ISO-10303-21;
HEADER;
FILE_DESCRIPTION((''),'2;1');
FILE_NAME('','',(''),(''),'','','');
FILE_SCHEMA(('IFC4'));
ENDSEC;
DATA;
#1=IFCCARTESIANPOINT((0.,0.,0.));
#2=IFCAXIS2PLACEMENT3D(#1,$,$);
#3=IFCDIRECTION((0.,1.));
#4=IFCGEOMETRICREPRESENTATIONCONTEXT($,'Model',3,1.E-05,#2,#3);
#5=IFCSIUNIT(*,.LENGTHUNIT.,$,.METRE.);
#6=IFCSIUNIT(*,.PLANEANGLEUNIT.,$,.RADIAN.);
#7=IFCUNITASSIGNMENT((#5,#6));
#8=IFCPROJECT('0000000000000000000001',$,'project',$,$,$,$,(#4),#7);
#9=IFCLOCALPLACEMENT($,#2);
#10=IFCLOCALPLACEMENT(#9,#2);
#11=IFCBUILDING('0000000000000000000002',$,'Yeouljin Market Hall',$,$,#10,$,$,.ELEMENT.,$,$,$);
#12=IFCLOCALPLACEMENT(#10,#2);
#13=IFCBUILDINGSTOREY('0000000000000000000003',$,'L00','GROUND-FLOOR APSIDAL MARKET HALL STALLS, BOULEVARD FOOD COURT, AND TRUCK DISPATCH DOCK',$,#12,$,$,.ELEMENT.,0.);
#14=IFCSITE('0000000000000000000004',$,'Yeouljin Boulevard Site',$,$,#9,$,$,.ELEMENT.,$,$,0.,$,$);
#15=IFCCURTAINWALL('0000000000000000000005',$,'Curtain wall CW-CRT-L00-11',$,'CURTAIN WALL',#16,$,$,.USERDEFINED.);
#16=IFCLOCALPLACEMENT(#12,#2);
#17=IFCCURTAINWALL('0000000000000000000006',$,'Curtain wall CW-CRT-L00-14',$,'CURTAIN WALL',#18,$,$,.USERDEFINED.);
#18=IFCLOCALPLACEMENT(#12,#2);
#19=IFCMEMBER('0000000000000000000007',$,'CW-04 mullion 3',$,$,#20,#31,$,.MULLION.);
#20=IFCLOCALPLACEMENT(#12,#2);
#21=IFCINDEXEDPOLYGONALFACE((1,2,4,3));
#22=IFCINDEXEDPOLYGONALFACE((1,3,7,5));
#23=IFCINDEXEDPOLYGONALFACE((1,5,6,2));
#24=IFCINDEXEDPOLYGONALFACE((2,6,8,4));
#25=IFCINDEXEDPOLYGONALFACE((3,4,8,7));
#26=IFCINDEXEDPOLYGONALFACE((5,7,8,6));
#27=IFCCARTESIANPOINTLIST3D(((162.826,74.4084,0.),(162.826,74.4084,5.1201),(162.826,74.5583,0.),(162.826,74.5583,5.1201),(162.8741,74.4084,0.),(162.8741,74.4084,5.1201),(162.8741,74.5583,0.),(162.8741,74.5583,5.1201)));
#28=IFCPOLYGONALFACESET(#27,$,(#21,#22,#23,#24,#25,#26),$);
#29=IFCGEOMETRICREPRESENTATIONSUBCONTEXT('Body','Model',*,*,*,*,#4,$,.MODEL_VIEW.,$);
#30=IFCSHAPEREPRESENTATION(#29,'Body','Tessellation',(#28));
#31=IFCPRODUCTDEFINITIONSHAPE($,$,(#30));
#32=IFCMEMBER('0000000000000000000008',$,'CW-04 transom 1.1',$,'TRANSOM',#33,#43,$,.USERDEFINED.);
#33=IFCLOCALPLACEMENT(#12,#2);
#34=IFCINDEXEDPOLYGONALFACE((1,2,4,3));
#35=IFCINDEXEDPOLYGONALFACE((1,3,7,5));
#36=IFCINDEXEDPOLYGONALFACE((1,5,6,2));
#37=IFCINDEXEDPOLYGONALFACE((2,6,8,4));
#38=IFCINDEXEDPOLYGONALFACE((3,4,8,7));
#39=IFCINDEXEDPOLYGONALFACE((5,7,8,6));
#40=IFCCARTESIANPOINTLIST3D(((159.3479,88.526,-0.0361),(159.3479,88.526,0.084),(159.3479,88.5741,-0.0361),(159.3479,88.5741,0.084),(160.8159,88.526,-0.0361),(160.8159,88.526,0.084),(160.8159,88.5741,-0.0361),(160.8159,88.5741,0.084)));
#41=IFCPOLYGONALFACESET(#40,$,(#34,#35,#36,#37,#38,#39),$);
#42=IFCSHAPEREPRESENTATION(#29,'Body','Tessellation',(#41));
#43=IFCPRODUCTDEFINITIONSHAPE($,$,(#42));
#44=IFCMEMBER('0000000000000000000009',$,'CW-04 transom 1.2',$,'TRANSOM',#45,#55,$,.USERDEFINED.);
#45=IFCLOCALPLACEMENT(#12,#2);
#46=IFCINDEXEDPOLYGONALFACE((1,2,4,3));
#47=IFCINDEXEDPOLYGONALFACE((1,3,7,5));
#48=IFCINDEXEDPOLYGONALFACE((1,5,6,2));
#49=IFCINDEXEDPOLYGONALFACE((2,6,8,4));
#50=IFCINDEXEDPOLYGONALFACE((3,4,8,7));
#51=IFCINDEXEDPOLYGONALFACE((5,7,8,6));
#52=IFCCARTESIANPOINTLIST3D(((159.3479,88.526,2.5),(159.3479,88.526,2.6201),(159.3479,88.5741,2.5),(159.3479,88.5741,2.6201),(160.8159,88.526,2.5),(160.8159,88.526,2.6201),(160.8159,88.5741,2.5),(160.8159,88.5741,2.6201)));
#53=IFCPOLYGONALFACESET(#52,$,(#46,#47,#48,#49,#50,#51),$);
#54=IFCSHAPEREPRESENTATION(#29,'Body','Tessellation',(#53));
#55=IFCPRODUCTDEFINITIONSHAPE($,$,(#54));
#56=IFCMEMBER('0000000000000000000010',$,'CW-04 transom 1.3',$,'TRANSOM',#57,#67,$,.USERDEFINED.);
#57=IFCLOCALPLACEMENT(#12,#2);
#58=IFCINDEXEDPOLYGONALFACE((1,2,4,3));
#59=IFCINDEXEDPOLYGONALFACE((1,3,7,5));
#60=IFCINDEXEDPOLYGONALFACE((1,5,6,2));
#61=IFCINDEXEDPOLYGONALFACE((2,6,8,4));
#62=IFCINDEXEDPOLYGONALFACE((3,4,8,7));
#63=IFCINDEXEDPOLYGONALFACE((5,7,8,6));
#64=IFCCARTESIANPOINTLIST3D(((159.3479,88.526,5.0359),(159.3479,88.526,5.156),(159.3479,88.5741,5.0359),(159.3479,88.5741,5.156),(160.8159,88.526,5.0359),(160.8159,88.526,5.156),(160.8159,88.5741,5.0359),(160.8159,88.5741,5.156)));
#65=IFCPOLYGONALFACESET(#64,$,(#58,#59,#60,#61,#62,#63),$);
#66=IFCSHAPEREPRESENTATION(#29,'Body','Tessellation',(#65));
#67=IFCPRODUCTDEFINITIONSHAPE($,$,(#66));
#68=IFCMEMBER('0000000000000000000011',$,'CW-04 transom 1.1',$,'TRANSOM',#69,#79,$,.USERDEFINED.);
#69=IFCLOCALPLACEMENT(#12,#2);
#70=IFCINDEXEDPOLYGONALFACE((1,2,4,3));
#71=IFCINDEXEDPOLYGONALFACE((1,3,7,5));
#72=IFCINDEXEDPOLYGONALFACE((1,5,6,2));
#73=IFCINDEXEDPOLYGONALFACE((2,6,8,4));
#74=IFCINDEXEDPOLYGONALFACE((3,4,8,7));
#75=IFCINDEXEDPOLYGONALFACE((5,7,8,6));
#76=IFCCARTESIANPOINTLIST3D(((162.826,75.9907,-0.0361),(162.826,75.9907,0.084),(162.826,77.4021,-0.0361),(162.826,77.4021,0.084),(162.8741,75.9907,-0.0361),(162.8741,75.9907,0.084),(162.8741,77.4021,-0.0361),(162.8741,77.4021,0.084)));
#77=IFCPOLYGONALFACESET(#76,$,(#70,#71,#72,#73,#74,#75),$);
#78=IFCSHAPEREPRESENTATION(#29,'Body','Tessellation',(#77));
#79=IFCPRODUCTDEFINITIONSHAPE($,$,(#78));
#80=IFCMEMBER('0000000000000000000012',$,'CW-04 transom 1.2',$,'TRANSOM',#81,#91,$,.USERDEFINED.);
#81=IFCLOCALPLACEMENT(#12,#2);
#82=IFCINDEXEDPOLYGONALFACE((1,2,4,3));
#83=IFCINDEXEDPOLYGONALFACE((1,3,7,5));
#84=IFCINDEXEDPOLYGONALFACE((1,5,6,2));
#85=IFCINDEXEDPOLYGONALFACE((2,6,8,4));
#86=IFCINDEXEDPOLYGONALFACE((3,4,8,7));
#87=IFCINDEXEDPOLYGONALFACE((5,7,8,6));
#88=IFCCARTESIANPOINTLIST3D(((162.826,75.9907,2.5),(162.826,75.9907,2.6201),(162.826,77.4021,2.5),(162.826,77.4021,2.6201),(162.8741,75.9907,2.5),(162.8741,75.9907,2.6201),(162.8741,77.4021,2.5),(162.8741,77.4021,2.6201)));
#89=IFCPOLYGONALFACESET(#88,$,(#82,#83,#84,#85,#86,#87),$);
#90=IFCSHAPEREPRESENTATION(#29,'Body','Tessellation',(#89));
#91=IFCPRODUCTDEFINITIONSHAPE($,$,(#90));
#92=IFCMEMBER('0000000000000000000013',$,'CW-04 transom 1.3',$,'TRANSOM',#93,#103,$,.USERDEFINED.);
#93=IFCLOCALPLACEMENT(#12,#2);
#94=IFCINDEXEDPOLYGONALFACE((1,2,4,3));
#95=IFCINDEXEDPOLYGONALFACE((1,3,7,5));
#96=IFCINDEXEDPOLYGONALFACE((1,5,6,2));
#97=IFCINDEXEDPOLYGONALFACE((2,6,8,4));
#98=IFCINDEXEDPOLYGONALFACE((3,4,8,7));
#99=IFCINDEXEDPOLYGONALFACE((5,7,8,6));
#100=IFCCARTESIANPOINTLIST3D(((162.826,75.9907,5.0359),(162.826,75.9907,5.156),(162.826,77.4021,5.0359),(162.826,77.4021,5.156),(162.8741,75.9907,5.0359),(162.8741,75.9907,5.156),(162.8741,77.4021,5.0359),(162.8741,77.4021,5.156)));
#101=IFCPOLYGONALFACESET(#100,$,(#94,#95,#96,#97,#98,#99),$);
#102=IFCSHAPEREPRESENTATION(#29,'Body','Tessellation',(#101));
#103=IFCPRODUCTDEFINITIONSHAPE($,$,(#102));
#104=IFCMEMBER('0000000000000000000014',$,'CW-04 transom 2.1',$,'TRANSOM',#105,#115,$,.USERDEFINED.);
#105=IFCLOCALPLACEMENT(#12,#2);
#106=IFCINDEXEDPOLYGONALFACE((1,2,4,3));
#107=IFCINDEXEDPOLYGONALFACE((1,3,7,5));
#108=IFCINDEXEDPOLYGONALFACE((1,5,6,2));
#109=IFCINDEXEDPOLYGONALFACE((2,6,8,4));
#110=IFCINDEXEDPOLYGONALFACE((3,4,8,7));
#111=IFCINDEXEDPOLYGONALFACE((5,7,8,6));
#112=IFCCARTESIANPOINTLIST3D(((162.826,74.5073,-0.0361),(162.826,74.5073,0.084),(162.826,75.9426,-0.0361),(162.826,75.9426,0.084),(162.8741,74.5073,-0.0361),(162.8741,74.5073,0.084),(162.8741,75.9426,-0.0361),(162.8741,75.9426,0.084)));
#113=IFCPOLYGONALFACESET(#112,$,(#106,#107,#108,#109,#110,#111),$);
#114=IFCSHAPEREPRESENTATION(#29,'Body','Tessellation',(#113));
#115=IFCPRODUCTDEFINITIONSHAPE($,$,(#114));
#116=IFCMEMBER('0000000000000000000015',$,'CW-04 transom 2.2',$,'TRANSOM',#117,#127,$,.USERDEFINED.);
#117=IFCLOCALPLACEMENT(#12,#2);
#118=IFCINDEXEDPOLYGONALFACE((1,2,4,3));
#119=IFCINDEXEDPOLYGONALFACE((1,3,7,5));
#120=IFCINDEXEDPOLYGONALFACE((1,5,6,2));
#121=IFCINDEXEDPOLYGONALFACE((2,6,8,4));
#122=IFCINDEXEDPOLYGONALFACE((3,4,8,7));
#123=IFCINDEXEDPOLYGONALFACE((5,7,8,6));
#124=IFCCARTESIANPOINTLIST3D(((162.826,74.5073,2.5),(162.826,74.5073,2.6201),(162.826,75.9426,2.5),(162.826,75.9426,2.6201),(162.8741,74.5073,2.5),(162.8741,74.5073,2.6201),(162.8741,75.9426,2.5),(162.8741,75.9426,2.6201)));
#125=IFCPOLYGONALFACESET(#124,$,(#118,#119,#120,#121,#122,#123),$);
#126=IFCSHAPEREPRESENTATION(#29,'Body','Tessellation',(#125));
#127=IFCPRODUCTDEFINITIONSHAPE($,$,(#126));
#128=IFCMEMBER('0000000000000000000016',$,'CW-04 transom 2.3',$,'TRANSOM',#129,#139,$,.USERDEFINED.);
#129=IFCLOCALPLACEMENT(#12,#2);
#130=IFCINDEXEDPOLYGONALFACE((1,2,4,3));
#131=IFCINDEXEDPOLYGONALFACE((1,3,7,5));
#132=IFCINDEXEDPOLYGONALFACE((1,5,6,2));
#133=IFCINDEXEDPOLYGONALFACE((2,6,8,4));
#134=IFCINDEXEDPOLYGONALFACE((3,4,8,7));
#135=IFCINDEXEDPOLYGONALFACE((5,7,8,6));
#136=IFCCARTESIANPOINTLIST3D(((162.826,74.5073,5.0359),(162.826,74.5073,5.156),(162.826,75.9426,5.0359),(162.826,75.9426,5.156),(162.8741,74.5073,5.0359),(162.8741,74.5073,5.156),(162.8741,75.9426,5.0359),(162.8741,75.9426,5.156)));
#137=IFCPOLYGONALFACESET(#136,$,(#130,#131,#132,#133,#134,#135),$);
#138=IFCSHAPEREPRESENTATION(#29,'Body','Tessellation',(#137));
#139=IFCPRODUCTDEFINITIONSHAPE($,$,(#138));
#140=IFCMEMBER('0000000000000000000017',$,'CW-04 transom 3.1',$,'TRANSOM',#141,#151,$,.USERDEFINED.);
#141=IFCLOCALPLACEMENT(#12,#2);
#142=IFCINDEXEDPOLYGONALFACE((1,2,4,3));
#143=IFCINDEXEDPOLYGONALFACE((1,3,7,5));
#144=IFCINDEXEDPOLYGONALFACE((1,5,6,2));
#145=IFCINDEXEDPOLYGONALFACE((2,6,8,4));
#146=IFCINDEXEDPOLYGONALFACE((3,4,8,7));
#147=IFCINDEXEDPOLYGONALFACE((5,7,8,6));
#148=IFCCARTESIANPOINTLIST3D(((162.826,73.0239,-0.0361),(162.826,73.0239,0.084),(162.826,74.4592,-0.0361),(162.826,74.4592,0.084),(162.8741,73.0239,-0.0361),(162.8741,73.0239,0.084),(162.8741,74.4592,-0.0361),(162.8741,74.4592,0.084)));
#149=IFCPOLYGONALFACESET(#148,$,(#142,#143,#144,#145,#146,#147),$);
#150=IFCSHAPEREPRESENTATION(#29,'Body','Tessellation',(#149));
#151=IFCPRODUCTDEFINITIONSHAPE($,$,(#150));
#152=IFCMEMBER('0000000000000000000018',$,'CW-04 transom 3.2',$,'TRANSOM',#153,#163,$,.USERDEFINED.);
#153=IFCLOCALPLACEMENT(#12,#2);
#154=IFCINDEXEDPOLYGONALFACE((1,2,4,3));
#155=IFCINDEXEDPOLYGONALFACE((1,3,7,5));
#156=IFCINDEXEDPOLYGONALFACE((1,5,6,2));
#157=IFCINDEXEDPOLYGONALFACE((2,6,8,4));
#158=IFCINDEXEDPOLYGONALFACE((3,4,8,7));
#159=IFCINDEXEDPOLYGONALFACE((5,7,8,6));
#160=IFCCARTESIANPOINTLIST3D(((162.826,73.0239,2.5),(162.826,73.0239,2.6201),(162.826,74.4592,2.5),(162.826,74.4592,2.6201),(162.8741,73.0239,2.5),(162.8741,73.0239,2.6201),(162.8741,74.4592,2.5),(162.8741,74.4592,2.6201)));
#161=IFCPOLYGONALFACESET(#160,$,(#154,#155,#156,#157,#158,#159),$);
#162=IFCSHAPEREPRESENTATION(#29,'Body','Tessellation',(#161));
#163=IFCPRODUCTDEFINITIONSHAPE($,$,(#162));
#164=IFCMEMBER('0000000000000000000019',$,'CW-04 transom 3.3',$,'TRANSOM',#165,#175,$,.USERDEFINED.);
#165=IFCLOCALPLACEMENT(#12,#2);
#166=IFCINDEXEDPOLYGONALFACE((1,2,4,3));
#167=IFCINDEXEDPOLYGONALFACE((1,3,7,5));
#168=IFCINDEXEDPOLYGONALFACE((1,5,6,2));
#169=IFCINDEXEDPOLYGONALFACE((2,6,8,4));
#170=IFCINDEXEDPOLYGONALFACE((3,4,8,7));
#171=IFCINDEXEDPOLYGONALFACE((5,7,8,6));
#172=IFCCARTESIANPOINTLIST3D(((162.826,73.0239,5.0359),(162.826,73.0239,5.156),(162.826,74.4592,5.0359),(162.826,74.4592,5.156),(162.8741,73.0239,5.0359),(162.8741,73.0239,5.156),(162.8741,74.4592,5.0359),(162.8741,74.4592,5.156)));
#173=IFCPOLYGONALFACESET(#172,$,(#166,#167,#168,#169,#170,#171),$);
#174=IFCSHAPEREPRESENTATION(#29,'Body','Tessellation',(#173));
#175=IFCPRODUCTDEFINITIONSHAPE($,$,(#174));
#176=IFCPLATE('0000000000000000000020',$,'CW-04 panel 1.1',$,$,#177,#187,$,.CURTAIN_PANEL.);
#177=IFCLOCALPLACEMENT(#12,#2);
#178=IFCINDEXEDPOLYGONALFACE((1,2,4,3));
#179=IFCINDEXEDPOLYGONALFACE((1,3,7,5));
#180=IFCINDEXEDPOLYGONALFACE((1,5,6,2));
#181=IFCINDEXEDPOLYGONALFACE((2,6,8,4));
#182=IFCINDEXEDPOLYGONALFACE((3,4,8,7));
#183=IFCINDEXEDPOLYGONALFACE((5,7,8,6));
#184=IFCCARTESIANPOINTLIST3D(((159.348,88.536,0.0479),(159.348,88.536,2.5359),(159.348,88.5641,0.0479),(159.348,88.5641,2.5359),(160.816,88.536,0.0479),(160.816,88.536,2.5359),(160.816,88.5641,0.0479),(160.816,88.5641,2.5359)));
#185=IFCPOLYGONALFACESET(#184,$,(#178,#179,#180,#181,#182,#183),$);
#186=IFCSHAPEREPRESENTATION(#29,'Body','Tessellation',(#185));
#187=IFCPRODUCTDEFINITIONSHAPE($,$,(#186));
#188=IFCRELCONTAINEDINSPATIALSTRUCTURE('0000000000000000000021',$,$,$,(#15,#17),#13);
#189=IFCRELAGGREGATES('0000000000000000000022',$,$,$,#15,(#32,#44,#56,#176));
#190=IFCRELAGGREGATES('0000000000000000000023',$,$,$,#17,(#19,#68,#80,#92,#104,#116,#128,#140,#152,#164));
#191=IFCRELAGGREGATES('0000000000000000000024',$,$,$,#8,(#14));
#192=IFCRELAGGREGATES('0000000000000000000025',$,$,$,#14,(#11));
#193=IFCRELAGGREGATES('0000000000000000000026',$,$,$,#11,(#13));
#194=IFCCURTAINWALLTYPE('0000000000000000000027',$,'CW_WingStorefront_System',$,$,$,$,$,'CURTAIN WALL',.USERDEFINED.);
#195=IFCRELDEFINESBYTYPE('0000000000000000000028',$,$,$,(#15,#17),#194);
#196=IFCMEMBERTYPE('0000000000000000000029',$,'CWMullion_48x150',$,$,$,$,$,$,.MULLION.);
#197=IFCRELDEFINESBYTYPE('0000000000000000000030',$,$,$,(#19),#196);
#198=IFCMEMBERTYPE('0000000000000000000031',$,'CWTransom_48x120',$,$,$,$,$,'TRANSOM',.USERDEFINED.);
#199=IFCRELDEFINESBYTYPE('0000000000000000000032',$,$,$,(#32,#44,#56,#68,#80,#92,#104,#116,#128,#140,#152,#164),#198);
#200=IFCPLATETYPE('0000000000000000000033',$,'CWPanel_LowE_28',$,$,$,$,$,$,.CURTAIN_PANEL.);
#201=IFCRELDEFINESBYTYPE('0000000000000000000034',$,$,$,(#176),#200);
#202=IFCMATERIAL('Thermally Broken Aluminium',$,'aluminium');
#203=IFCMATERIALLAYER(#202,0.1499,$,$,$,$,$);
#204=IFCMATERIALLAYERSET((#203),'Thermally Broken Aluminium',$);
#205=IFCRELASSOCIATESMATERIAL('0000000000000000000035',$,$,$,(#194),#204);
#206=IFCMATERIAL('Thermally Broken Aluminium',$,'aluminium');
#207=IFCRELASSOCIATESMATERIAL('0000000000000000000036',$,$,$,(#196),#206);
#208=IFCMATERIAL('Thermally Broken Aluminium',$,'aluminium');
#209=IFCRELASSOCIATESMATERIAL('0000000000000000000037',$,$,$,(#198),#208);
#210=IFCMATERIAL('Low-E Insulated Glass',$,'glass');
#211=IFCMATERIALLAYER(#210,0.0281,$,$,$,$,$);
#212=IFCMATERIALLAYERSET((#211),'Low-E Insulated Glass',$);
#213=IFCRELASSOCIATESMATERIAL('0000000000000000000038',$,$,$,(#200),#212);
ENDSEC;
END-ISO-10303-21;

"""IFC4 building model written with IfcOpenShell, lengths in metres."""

from ifc_helpers import new_model, si_unit, direction, frame, origin, origin_2d, place, context, subcontext, project, spatial, rectangle, extrude, material, layer, layer_set, material_profile, profile_set, type_object, element, aggregate, save


model = new_model("IFC4")

# Units and contexts
model_context = context("Model", 3, precision=1e-05, world=origin(), true_north=direction((0.0, 1.0)))
body_context = subcontext(model_context, "Body", "Model", "MODEL_VIEW")
ifc_project = project(units=[si_unit("LENGTHUNIT", "METRE"), si_unit("PLANEANGLEUNIT", "RADIAN")], contexts=[model_context])

# Site, building, storey
site_placement = place(None, origin())
site = spatial("IfcSite", under=ifc_project, at=site_placement, Name="Yeouljin Boulevard Site", CompositionType="ELEMENT", RefElevation=0.0)
building_placement = place(site_placement, origin())
building = spatial("IfcBuilding", under=site, at=building_placement, Name="Yeouljin Market Hall", CompositionType="ELEMENT")
storey_placement = place(building_placement, origin())
storey = spatial("IfcBuildingStorey", under=building, at=storey_placement, Name="L00", Description="GROUND-FLOOR APSIDAL MARKET HALL STALLS, BOULEVARD FOOD COURT, AND TRUCK DISPATCH DOCK", CompositionType="ELEMENT", Elevation=0.0)

# Shared definitions
ifc_material_1 = material(Name="Thermally Broken Aluminium", Category="aluminium")
ifc_layer_1 = layer(ifc_material_1, 0.1499)
ifc_layer_set_1 = layer_set([ifc_layer_1], Name="Thermally Broken Aluminium")
curtain_wall_type = type_object("IfcCurtainWallType", Name="CW_WingStorefront_System", ElementType="CURTAIN WALL", PredefinedType="USERDEFINED", material=ifc_layer_set_1)
ifc_material_2 = material(Name="Thermally Broken Aluminium", Category="aluminium")
ifc_material_profile_1 = material_profile(ifc_material_2, rectangle(XDim=0.0481, YDim=0.1499, at=origin_2d()), Name="CW-MULL-48x150")
ifc_profile_set_1 = profile_set([ifc_material_profile_1], Name="Thermally Broken Aluminium")
member_type_1 = type_object("IfcMemberType", Name="CWMullion_48x150", PredefinedType="MULLION", material=ifc_profile_set_1)

# Curtain walls, member
curtain_wall_1_placement = place(storey_placement, origin())
curtain_wall_1 = element("IfcCurtainWall", 1, at=curtain_wall_1_placement, inside=storey, type_object=curtain_wall_type, Name="Curtain wall CW-CRT-L00-11", ObjectType="CURTAIN WALL", PredefinedType="USERDEFINED")
curtain_wall_2_placement = place(storey_placement, origin())
curtain_wall_2 = element("IfcCurtainWall", 2, at=curtain_wall_2_placement, inside=storey, type_object=curtain_wall_type, Name="Curtain wall CW-CRT-L00-14", ObjectType="CURTAIN WALL", PredefinedType="USERDEFINED")
member_1_placement = place(storey_placement, frame((162.8501, 74.4834, 0.0), z_axis=(0.0, 0.0, 1.0), x_axis=(1.0, 0.0, 0.0)))
member_1 = element("IfcMember", 3, at=member_1_placement, type_object=member_type_1, Name="CW-04 mullion 3", PredefinedType="MULLION", context=body_context, shape_type="SweptSolid", body=[
    extrude(rectangle(XDim=0.0481, YDim=0.1499, at=origin_2d()), origin(), (0.0, 0.0, 1.0), 5.1201),
])

# Members
ifc_material_3 = material(Name="Thermally Broken Aluminium", Category="aluminium")
ifc_material_profile_2 = material_profile(ifc_material_3, rectangle(XDim=0.0481, YDim=0.1201, at=origin_2d()), Name="CW-TRAN-48x120")
ifc_profile_set_2 = profile_set([ifc_material_profile_2], Name="Thermally Broken Aluminium")
member_type_2 = type_object("IfcMemberType", Name="CWTransom_48x120", ElementType="TRANSOM", PredefinedType="USERDEFINED", material=ifc_profile_set_2)
member_2_placement = place(storey_placement, frame((159.3479, 88.55, 0.0239), z_axis=(1.0, 0.0, 0.0), x_axis=(0.0, 1.0, 0.0)))
member_2 = element("IfcMember", 4, at=member_2_placement, type_object=member_type_2, Name="CW-04 transom 1.1", ObjectType="TRANSOM", PredefinedType="USERDEFINED", context=body_context, shape_type="SweptSolid", body=[
    extrude(rectangle(XDim=0.0481, YDim=0.1201, at=origin_2d()), origin(), (0.0, 0.0, 1.0), 1.468),
])
member_3_placement = place(storey_placement, frame((159.3479, 88.55, 2.5601), z_axis=(1.0, 0.0, 0.0), x_axis=(0.0, 1.0, 0.0)))
member_3 = element("IfcMember", 5, at=member_3_placement, type_object=member_type_2, Name="CW-04 transom 1.2", ObjectType="TRANSOM", PredefinedType="USERDEFINED", context=body_context, shape_type="SweptSolid", body=[
    extrude(rectangle(XDim=0.0481, YDim=0.1201, at=origin_2d()), origin(), (0.0, 0.0, 1.0), 1.468),
])
member_4_placement = place(storey_placement, frame((159.3479, 88.55, 5.0959), z_axis=(1.0, 0.0, 0.0), x_axis=(0.0, 1.0, 0.0)))
member_4 = element("IfcMember", 6, at=member_4_placement, type_object=member_type_2, Name="CW-04 transom 1.3", ObjectType="TRANSOM", PredefinedType="USERDEFINED", context=body_context, shape_type="SweptSolid", body=[
    extrude(rectangle(XDim=0.0481, YDim=0.1201, at=origin_2d()), origin(), (0.0, 0.0, 1.0), 1.468),
])
member_5_placement = place(storey_placement, frame((162.8501, 77.4021, 0.0239), z_axis=(0.0, -1.0, 0.0), x_axis=(1.0, 0.0, 0.0)))
member_5 = element("IfcMember", 7, at=member_5_placement, type_object=member_type_2, Name="CW-04 transom 1.1", ObjectType="TRANSOM", PredefinedType="USERDEFINED", context=body_context, shape_type="SweptSolid", body=[
    extrude(rectangle(XDim=0.0481, YDim=0.1201, at=origin_2d()), origin(), (0.0, 0.0, 1.0), 1.4114),
])
member_6_placement = place(storey_placement, frame((162.8501, 77.4021, 2.5601), z_axis=(0.0, -1.0, 0.0), x_axis=(1.0, 0.0, 0.0)))
member_6 = element("IfcMember", 8, at=member_6_placement, type_object=member_type_2, Name="CW-04 transom 1.2", ObjectType="TRANSOM", PredefinedType="USERDEFINED", context=body_context, shape_type="SweptSolid", body=[
    extrude(rectangle(XDim=0.0481, YDim=0.1201, at=origin_2d()), origin(), (0.0, 0.0, 1.0), 1.4114),
])
member_7_placement = place(storey_placement, frame((162.8501, 77.4021, 5.0959), z_axis=(0.0, -1.0, 0.0), x_axis=(1.0, 0.0, 0.0)))
member_7 = element("IfcMember", 9, at=member_7_placement, type_object=member_type_2, Name="CW-04 transom 1.3", ObjectType="TRANSOM", PredefinedType="USERDEFINED", context=body_context, shape_type="SweptSolid", body=[
    extrude(rectangle(XDim=0.0481, YDim=0.1201, at=origin_2d()), origin(), (0.0, 0.0, 1.0), 1.4114),
])
member_8_placement = place(storey_placement, frame((162.8501, 75.9426, 0.0239), z_axis=(0.0, -1.0, 0.0), x_axis=(1.0, 0.0, 0.0)))
member_8 = element("IfcMember", 10, at=member_8_placement, type_object=member_type_2, Name="CW-04 transom 2.1", ObjectType="TRANSOM", PredefinedType="USERDEFINED", context=body_context, shape_type="SweptSolid", body=[
    extrude(rectangle(XDim=0.0481, YDim=0.1201, at=origin_2d()), origin(), (0.0, 0.0, 1.0), 1.4353),
])
member_9_placement = place(storey_placement, frame((162.8501, 75.9426, 2.5601), z_axis=(0.0, -1.0, 0.0), x_axis=(1.0, 0.0, 0.0)))
member_9 = element("IfcMember", 11, at=member_9_placement, type_object=member_type_2, Name="CW-04 transom 2.2", ObjectType="TRANSOM", PredefinedType="USERDEFINED", context=body_context, shape_type="SweptSolid", body=[
    extrude(rectangle(XDim=0.0481, YDim=0.1201, at=origin_2d()), origin(), (0.0, 0.0, 1.0), 1.4353),
])
member_10_placement = place(storey_placement, frame((162.8501, 75.9426, 5.0959), z_axis=(0.0, -1.0, 0.0), x_axis=(1.0, 0.0, 0.0)))
member_10 = element("IfcMember", 12, at=member_10_placement, type_object=member_type_2, Name="CW-04 transom 2.3", ObjectType="TRANSOM", PredefinedType="USERDEFINED", context=body_context, shape_type="SweptSolid", body=[
    extrude(rectangle(XDim=0.0481, YDim=0.1201, at=origin_2d()), origin(), (0.0, 0.0, 1.0), 1.4353),
])
member_11_placement = place(storey_placement, frame((162.8501, 74.4592, 0.0239), z_axis=(0.0, -1.0, 0.0), x_axis=(1.0, 0.0, 0.0)))
member_11 = element("IfcMember", 13, at=member_11_placement, type_object=member_type_2, Name="CW-04 transom 3.1", ObjectType="TRANSOM", PredefinedType="USERDEFINED", context=body_context, shape_type="SweptSolid", body=[
    extrude(rectangle(XDim=0.0481, YDim=0.1201, at=origin_2d()), origin(), (0.0, 0.0, 1.0), 1.4353),
])
member_12_placement = place(storey_placement, frame((162.8501, 74.4592, 2.5601), z_axis=(0.0, -1.0, 0.0), x_axis=(1.0, 0.0, 0.0)))
member_12 = element("IfcMember", 14, at=member_12_placement, type_object=member_type_2, Name="CW-04 transom 3.2", ObjectType="TRANSOM", PredefinedType="USERDEFINED", context=body_context, shape_type="SweptSolid", body=[
    extrude(rectangle(XDim=0.0481, YDim=0.1201, at=origin_2d()), origin(), (0.0, 0.0, 1.0), 1.4353),
])
member_13_placement = place(storey_placement, frame((162.8501, 74.4592, 5.0959), z_axis=(0.0, -1.0, 0.0), x_axis=(1.0, 0.0, 0.0)))
member_13 = element("IfcMember", 15, at=member_13_placement, type_object=member_type_2, Name="CW-04 transom 3.3", ObjectType="TRANSOM", PredefinedType="USERDEFINED", context=body_context, shape_type="SweptSolid", body=[
    extrude(rectangle(XDim=0.0481, YDim=0.1201, at=origin_2d()), origin(), (0.0, 0.0, 1.0), 1.4353),
])

# Plate
ifc_material_4 = material(Name="Low-E Insulated Glass", Category="glass")
ifc_layer_2 = layer(ifc_material_4, 0.0281)
ifc_layer_set_2 = layer_set([ifc_layer_2], Name="Low-E Insulated Glass")
plate_type_1 = type_object("IfcPlateType", Name="CWPanel_LowE_28", PredefinedType="CURTAIN_PANEL", material=ifc_layer_set_2)
plate_1_placement = place(storey_placement, frame((160.082, 88.55, 0.0479), z_axis=(0.0, 0.0, 1.0), x_axis=(1.0, 0.0, 0.0)))
plate_1 = element("IfcPlate", 16, at=plate_1_placement, type_object=plate_type_1, Name="CW-04 panel 1.1", PredefinedType="CURTAIN_PANEL", context=body_context, shape_type="SweptSolid", body=[
    extrude(rectangle(XDim=1.468, YDim=0.0281, at=origin_2d()), origin(), (0.0, 0.0, 1.0), 2.488),
])
aggregate(curtain_wall_1, [member_2, member_3, member_4, plate_1])
aggregate(curtain_wall_2, [member_1, member_5, member_6, member_7, member_8, member_9, member_10, member_11, member_12, member_13])

save(model, "model.ifc")
